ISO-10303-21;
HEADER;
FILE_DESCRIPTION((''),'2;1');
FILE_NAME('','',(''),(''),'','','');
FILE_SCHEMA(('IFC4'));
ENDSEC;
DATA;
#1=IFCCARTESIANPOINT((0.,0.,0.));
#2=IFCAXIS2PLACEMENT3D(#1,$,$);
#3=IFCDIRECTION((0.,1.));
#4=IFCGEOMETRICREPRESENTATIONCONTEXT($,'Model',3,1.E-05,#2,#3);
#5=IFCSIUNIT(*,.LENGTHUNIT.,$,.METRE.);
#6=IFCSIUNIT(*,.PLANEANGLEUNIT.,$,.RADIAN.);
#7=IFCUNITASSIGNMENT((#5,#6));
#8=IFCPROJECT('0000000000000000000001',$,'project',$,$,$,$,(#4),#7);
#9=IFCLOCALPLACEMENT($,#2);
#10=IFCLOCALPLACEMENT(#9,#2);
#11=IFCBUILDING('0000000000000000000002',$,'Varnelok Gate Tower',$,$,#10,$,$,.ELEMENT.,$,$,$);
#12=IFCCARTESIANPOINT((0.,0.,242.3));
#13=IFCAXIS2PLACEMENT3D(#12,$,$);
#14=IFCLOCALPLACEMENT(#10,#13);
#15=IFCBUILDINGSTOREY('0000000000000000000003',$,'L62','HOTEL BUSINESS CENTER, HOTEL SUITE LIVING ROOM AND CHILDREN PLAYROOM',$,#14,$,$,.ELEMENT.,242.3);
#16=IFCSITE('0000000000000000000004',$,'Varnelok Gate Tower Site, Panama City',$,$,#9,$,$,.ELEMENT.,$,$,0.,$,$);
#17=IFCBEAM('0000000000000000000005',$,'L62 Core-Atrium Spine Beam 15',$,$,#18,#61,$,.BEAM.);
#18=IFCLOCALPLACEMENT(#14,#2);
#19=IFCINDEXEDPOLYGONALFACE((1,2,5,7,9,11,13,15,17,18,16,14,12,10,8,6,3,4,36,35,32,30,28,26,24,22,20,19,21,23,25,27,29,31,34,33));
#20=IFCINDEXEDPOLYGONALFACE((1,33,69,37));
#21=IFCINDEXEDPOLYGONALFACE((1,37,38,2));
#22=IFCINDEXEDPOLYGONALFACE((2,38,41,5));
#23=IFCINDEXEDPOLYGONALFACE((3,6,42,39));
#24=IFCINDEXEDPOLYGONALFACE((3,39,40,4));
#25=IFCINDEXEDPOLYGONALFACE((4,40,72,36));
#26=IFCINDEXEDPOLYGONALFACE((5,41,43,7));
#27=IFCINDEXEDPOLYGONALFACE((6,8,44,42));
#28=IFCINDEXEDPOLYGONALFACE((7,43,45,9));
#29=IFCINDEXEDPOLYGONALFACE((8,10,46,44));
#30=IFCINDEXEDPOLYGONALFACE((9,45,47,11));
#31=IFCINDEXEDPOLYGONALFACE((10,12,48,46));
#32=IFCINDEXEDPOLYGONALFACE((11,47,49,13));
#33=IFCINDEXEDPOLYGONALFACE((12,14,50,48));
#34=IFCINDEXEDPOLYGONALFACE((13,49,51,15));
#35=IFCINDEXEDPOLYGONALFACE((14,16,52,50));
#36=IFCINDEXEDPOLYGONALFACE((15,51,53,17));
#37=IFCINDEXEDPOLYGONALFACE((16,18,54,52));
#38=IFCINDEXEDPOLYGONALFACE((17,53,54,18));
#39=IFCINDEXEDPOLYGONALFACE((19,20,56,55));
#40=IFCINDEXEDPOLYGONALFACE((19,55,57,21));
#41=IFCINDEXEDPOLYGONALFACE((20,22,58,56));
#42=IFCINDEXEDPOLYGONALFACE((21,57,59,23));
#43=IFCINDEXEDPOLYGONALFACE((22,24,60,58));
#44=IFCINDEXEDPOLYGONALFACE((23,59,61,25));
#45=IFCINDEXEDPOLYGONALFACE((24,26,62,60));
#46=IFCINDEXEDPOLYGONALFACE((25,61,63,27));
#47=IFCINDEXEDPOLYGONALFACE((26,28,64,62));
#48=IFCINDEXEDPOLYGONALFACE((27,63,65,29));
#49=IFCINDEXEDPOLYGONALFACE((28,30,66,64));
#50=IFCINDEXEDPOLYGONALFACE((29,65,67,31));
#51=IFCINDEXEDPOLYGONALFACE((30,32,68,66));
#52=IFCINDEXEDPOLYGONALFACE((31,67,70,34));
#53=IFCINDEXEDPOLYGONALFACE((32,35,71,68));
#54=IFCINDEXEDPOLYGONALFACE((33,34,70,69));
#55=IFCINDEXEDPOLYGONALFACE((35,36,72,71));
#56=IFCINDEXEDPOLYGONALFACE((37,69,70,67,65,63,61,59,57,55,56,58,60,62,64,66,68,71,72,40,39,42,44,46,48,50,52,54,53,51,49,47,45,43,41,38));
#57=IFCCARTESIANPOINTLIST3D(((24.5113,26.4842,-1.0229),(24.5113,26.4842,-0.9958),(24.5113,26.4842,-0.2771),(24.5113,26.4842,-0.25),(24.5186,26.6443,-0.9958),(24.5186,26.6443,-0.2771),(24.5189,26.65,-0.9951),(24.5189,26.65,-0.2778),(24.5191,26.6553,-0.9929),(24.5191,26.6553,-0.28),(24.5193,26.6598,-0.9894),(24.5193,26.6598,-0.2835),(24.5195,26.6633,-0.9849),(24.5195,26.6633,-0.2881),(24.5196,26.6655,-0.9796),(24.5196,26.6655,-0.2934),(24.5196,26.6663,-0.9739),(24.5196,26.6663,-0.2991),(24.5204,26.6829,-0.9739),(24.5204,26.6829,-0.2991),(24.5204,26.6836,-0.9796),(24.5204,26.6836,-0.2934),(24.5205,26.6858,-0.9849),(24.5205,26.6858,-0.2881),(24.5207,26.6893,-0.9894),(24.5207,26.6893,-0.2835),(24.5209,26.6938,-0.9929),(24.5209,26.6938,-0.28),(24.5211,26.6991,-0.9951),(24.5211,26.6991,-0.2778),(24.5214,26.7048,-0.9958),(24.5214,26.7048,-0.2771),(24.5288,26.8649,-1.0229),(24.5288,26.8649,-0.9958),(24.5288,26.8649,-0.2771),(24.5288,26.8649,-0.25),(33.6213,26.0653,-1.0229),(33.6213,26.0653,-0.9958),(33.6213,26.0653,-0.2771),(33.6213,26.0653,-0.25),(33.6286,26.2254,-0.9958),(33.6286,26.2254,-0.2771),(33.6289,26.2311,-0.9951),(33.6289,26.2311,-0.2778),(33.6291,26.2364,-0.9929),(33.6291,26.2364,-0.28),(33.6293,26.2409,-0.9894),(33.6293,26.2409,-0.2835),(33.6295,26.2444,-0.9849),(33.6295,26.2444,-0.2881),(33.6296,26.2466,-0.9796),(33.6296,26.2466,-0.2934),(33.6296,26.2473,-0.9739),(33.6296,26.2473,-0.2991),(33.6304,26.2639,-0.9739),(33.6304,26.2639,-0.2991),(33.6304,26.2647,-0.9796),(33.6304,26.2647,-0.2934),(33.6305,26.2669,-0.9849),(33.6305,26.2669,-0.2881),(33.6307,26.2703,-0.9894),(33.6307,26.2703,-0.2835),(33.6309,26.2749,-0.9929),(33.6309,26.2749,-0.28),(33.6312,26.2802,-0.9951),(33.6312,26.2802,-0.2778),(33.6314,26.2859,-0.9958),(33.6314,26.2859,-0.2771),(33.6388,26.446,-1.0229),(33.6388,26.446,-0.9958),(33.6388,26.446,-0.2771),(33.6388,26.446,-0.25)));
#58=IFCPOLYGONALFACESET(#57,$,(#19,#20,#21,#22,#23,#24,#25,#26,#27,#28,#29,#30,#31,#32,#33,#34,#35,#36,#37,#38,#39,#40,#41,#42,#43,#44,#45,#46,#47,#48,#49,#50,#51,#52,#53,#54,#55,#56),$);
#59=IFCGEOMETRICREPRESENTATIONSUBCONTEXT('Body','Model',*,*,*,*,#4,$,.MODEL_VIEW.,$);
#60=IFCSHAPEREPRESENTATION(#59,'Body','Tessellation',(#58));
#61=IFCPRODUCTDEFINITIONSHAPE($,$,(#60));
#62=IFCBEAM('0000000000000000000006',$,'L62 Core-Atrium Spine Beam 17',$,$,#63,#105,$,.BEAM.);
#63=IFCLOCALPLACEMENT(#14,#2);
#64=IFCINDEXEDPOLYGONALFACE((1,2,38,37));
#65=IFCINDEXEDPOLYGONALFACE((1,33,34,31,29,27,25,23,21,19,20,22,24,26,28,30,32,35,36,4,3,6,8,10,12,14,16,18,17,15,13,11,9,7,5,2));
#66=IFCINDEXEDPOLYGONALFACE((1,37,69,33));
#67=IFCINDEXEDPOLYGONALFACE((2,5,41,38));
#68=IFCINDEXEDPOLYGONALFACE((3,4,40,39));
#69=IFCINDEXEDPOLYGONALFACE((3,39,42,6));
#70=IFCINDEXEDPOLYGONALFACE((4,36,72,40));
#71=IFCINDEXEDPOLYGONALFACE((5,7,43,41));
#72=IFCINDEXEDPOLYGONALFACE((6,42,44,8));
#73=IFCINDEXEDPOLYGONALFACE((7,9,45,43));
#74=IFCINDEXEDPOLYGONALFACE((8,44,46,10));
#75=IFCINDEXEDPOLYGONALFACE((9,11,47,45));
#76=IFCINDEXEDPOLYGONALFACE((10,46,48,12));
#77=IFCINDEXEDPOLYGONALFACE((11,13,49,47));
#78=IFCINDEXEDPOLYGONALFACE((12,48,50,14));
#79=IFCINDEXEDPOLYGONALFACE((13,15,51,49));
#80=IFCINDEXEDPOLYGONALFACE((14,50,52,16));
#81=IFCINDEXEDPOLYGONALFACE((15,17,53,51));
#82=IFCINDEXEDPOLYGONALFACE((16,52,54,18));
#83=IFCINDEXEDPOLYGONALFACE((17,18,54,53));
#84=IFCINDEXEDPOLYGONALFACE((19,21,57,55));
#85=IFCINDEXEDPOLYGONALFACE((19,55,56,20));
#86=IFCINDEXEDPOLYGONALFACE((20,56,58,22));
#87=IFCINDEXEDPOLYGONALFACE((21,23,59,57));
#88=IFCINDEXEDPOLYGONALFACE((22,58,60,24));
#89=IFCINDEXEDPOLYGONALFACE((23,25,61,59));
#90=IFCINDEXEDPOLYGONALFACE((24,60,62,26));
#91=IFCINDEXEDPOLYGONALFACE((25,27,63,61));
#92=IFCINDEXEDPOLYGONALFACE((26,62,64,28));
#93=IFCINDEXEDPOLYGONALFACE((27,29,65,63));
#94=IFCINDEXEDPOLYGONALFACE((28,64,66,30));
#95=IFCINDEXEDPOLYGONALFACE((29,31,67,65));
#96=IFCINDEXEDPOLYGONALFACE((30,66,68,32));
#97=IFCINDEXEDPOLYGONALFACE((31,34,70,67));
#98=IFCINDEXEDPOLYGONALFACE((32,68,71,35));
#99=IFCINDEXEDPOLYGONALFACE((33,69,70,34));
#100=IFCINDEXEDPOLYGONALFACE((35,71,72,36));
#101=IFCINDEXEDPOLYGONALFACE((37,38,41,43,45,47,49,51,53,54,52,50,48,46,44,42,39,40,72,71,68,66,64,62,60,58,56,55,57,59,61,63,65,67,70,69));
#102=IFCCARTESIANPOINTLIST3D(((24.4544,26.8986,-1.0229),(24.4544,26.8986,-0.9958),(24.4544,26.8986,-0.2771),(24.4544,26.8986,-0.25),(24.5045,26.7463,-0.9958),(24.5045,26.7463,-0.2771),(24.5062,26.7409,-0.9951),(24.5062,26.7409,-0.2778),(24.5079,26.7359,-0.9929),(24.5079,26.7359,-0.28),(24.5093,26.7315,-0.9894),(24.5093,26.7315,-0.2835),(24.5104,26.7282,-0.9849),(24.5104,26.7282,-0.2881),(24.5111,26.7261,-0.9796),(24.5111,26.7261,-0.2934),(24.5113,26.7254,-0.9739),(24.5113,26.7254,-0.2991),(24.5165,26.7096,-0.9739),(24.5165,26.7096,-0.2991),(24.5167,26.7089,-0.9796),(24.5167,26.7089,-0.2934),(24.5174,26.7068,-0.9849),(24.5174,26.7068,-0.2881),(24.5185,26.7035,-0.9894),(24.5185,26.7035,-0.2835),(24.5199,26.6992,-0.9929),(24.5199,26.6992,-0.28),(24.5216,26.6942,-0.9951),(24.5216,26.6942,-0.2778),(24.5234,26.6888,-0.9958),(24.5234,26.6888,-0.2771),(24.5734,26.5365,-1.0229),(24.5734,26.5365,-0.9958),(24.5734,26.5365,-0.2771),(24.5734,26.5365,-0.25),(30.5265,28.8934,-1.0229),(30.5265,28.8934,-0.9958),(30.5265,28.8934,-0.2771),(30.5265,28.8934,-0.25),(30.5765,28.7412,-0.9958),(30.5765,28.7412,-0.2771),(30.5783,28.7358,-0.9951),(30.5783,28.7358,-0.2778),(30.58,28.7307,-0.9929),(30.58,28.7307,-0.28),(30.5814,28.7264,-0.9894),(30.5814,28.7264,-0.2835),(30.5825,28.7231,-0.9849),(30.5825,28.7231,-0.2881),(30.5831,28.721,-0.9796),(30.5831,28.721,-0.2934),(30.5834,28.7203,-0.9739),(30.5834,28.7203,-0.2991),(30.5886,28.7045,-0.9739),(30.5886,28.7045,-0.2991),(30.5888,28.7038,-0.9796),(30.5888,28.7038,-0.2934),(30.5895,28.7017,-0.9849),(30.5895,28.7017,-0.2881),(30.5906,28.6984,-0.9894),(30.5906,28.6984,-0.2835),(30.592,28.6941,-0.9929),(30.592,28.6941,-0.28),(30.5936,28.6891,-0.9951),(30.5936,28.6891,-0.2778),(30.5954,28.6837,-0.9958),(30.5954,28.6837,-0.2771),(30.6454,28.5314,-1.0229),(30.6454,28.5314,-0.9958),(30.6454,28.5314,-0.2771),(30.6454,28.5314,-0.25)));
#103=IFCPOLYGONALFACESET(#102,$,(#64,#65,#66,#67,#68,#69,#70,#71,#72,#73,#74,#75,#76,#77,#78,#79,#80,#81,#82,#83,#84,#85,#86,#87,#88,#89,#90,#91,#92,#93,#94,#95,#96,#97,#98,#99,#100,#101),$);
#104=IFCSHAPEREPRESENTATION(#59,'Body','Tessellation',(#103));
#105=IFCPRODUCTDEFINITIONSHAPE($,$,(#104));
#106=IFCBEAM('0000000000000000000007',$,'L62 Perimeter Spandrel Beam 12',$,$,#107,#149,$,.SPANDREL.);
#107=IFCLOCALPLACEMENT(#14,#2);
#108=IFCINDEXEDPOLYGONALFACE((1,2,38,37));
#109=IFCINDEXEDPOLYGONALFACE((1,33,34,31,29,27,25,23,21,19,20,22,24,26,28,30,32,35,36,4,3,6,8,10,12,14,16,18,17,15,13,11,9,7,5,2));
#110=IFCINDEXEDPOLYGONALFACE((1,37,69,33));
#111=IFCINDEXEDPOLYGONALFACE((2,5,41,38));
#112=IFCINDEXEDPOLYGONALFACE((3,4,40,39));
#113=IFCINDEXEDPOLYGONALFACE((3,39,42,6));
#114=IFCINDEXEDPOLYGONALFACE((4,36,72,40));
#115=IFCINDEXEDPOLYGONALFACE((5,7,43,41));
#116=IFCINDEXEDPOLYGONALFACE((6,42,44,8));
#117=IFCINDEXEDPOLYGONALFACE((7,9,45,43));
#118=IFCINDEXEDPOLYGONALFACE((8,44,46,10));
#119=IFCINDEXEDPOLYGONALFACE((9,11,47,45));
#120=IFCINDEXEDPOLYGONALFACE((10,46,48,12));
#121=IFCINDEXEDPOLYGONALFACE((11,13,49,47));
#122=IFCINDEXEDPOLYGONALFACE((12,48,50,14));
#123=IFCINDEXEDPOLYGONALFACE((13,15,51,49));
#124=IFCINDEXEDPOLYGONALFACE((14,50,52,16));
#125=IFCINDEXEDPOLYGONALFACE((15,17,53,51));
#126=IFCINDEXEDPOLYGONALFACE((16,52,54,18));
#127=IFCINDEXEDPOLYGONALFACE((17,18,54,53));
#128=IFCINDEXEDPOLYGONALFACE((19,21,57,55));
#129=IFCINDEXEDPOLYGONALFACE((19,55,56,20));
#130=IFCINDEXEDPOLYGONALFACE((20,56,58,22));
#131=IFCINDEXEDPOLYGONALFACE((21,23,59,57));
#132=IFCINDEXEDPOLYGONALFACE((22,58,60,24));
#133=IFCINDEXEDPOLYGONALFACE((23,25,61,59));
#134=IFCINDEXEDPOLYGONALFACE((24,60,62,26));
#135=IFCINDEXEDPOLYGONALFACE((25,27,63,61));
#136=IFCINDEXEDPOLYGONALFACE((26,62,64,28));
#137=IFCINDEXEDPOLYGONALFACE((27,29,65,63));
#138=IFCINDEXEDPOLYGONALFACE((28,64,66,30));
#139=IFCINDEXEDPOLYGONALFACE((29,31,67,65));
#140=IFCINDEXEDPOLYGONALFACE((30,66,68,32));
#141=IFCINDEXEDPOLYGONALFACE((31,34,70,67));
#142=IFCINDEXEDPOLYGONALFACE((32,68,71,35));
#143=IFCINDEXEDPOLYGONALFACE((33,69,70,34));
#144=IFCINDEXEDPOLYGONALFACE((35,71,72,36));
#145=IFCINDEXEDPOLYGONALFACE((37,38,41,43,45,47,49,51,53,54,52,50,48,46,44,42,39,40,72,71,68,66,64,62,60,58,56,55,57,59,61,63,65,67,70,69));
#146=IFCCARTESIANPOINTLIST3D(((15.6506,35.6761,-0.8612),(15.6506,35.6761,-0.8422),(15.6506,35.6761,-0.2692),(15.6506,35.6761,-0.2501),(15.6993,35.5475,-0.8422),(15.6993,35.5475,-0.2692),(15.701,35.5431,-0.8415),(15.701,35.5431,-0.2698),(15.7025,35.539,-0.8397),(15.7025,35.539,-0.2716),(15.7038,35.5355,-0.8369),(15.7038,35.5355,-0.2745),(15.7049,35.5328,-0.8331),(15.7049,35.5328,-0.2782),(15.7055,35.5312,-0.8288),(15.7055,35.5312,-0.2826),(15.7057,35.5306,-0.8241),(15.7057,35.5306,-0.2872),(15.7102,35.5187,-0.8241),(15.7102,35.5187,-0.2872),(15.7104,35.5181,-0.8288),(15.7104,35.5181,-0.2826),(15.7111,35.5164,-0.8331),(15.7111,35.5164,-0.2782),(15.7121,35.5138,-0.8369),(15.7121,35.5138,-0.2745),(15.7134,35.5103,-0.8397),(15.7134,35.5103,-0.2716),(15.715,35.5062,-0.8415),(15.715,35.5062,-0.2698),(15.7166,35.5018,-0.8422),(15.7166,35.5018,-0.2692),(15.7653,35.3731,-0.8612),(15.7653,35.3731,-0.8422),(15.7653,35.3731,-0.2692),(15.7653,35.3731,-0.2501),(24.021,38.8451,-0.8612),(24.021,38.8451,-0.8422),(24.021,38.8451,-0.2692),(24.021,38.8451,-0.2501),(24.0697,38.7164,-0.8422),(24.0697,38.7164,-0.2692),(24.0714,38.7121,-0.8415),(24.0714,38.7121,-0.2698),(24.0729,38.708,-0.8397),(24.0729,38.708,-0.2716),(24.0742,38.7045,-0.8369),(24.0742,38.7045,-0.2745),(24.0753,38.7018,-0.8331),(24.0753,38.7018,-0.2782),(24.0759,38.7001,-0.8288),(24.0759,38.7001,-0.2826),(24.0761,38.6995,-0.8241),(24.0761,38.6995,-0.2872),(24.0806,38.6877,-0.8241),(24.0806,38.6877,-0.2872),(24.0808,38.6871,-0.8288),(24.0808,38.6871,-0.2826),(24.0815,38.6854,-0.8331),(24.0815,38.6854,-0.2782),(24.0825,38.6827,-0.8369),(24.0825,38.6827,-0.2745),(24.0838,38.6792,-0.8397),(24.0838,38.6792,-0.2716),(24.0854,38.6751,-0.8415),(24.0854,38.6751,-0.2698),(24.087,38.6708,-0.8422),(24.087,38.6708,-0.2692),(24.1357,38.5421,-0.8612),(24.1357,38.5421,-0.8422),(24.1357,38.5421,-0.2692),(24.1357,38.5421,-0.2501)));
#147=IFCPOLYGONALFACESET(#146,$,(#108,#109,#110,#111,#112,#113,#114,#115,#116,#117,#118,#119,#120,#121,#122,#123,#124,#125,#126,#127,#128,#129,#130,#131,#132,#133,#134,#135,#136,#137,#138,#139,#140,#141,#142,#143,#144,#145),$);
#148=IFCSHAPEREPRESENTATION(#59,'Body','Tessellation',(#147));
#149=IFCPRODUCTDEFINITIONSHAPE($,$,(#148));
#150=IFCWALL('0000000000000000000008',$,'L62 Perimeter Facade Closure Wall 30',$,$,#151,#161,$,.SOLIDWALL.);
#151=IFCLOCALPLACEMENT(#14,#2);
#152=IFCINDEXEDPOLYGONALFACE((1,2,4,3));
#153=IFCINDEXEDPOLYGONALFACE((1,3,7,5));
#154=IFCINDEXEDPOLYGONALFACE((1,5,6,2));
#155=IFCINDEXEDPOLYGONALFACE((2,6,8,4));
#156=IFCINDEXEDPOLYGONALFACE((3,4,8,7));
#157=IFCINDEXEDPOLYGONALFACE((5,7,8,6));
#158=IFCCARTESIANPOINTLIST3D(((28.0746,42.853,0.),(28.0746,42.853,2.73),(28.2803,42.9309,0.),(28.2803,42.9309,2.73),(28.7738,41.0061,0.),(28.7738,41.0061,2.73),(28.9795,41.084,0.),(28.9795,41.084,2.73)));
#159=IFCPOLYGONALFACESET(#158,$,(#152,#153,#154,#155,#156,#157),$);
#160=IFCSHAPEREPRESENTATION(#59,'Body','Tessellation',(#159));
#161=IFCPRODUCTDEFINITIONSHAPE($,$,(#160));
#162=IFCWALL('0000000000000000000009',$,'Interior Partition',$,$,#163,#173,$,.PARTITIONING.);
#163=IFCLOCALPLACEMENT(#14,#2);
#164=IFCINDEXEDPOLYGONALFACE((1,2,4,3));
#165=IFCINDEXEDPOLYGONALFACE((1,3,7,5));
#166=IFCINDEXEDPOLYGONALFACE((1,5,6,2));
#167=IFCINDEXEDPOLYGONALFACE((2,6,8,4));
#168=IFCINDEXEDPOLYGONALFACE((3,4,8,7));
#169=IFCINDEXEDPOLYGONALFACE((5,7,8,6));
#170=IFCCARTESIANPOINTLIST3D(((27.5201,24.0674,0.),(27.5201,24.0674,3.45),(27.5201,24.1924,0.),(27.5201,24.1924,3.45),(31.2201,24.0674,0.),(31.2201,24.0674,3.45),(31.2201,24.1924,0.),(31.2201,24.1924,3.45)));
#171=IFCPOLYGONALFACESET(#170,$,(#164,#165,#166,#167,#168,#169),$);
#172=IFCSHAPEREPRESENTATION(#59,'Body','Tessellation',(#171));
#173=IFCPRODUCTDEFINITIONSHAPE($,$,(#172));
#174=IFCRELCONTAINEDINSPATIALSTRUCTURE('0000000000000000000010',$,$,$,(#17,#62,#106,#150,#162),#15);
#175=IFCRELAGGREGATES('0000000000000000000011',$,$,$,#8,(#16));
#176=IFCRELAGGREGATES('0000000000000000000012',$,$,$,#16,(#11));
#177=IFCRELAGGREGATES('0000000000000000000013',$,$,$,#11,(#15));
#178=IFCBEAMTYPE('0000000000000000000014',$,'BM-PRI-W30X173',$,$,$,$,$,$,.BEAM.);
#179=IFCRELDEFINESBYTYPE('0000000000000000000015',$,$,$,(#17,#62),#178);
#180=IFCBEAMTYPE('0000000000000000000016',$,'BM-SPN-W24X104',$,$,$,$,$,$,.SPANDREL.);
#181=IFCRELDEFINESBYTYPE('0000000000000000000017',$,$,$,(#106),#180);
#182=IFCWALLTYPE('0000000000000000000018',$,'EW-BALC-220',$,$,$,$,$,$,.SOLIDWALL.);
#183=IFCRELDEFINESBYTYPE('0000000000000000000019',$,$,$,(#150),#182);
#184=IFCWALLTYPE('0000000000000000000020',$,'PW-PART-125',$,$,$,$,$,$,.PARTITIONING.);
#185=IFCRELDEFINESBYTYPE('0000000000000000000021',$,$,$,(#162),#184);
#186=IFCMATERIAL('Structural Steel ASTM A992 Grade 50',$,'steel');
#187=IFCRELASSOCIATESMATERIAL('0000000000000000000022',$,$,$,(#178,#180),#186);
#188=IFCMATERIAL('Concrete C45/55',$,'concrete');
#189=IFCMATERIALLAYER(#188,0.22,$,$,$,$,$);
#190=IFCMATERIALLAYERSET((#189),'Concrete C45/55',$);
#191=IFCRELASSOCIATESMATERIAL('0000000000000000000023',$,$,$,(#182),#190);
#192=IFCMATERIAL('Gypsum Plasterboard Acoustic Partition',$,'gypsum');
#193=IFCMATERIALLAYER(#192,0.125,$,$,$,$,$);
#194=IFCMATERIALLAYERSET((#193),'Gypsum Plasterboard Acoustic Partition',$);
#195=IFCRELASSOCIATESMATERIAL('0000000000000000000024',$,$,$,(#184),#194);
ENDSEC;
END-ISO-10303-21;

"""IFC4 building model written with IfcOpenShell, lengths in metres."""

from ifc_helpers import new_model, si_unit, direction, frame, frame_2d, origin, origin_2d, place, context, subcontext, project, spatial, rectangle, i_section, extrude, material, layer, layer_set, material_profile, profile_set, type_object, element, save


model = new_model("IFC4")

# Units and contexts
model_context = context("Model", 3, precision=1e-05, world=origin(), true_north=direction((0.0, 1.0)))
body_context = subcontext(model_context, "Body", "Model", "MODEL_VIEW")
ifc_project = project(units=[si_unit("LENGTHUNIT", "METRE"), si_unit("PLANEANGLEUNIT", "RADIAN")], contexts=[model_context])

# Site, building, storey
site_placement = place(None, origin())
site = spatial("IfcSite", under=ifc_project, at=site_placement, Name="Varnelok Gate Tower Site, Panama City", CompositionType="ELEMENT", RefElevation=0.0)
building_placement = place(site_placement, origin())
building = spatial("IfcBuilding", under=site, at=building_placement, Name="Varnelok Gate Tower", CompositionType="ELEMENT")
storey_placement = place(building_placement, frame((0.0, 0.0, 242.3)))
storey = spatial("IfcBuildingStorey", under=building, at=storey_placement, Name="L62", Description="HOTEL BUSINESS CENTER, HOTEL SUITE LIVING ROOM AND CHILDREN PLAYROOM", CompositionType="ELEMENT", Elevation=242.3)

# Shared definitions
ifc_material_1 = material(Name="Structural Steel ASTM A992 Grade 50", Category="steel")

# Beams
ifc_material_profile_1 = material_profile(ifc_material_1, i_section(OverallWidth=0.3811, OverallDepth=0.7729, WebThickness=0.0166, FlangeThickness=0.0271, FilletRadius=0.022, at=origin_2d()), Name="W30X173")
ifc_profile_set_1 = profile_set([ifc_material_profile_1], Name="Structural Steel ASTM A992 Grade 50")
beam_type_1 = type_object("IfcBeamType", Name="BM-PRI-W30X173", PredefinedType="BEAM", material=ifc_profile_set_1)
beam_1_placement = place(storey_placement, frame((24.52, 26.6746, -0.6365), z_axis=(0.998944, -0.045938, 0.0), x_axis=(0.045938, 0.998944, 0.0)))
element("IfcBeam", 1, at=beam_1_placement, inside=storey, type_object=beam_type_1, Name="L62 Core-Atrium Spine Beam 15", PredefinedType="BEAM", context=body_context, shape_type="SweptSolid", body=[
    extrude(i_section(OverallWidth=0.3811, OverallDepth=0.7729, WebThickness=0.0166, FlangeThickness=0.0271, FilletRadius=0.022, at=origin_2d()), origin(), (0.0, 0.0, 1.0), 9.1196),
])
beam_2_placement = place(storey_placement, frame((24.5139, 26.7175, -0.6365), z_axis=(0.950042, 0.312122, 0.0), x_axis=(-0.312122, 0.950042, 0.0)))
element("IfcBeam", 2, at=beam_2_placement, inside=storey, type_object=beam_type_1, Name="L62 Core-Atrium Spine Beam 17", PredefinedType="BEAM", context=body_context, shape_type="SweptSolid", body=[
    extrude(i_section(OverallWidth=0.3811, OverallDepth=0.7729, WebThickness=0.0166, FlangeThickness=0.0271, FilletRadius=0.022, at=origin_2d()), origin(), (0.0, 0.0, 1.0), 6.3914),
])
ifc_material_profile_2 = material_profile(ifc_material_1, i_section(OverallWidth=0.324, OverallDepth=0.6111, WebThickness=0.0127, FlangeThickness=0.019, FilletRadius=0.0181, at=origin_2d()), Name="W24X104")
ifc_profile_set_2 = profile_set([ifc_material_profile_2], Name="Structural Steel ASTM A992 Grade 50")
beam_type_2 = type_object("IfcBeamType", Name="BM-SPN-W24X104", PredefinedType="SPANDREL", material=ifc_profile_set_2)
beam_3_placement = place(storey_placement, frame((24.0784, 38.6936, -0.5557), z_axis=(-0.93522, -0.354066, 0.0), x_axis=(0.354066, -0.93522, 0.0)))
element("IfcBeam", 3, at=beam_3_placement, inside=storey, type_object=beam_type_2, Name="L62 Perimeter Spandrel Beam 12", PredefinedType="SPANDREL", context=body_context, shape_type="SweptSolid", body=[
    extrude(i_section(OverallWidth=0.324, OverallDepth=0.6111, WebThickness=0.0127, FlangeThickness=0.019, FilletRadius=0.0181, at=origin_2d()), origin(), (0.0, 0.0, 1.0), 8.9502),
])

# Walls
ifc_material_2 = material(Name="Concrete C45/55", Category="concrete")
ifc_layer_1 = layer(ifc_material_2, 0.22)
ifc_layer_set_1 = layer_set([ifc_layer_1], Name="Concrete C45/55")
wall_type_1 = type_object("IfcWallType", Name="EW-BALC-220", PredefinedType="SOLIDWALL", material=ifc_layer_set_1)
wall_1_placement = place(storey_placement, frame((28.1775, 42.8918, 0.0), z_axis=(0.0, 0.0, 1.0), x_axis=(0.354062, -0.935222, 0.0)))
element("IfcWall", 4, at=wall_1_placement, inside=storey, type_object=wall_type_1, Name="L62 Perimeter Facade Closure Wall 30", PredefinedType="SOLIDWALL", context=body_context, shape_type="SweptSolid", body=[
    extrude(rectangle(XDim=1.9749, YDim=0.22, at=frame_2d((0.9873, 0.0))), origin(), (0.0, 0.0, 1.0), 2.73),
])
ifc_material_3 = material(Name="Gypsum Plasterboard Acoustic Partition", Category="gypsum")
ifc_layer_2 = layer(ifc_material_3, 0.125)
ifc_layer_set_2 = layer_set([ifc_layer_2], Name="Gypsum Plasterboard Acoustic Partition")
wall_type_2 = type_object("IfcWallType", Name="PW-PART-125", PredefinedType="PARTITIONING", material=ifc_layer_set_2)
wall_2_placement = place(storey_placement, frame((27.52, 24.1299, 0.0), z_axis=(0.0, 0.0, 1.0), x_axis=(1.0, 0.0, 0.0)))
element("IfcWall", 5, at=wall_2_placement, inside=storey, type_object=wall_type_2, Name="Interior Partition", PredefinedType="PARTITIONING", context=body_context, shape_type="SweptSolid", body=[
    extrude(rectangle(XDim=3.7, YDim=0.125, at=frame_2d((1.8501, 0.0))), origin(), (0.0, 0.0, 1.0), 3.45),
])

save(model, "model.ifc")
